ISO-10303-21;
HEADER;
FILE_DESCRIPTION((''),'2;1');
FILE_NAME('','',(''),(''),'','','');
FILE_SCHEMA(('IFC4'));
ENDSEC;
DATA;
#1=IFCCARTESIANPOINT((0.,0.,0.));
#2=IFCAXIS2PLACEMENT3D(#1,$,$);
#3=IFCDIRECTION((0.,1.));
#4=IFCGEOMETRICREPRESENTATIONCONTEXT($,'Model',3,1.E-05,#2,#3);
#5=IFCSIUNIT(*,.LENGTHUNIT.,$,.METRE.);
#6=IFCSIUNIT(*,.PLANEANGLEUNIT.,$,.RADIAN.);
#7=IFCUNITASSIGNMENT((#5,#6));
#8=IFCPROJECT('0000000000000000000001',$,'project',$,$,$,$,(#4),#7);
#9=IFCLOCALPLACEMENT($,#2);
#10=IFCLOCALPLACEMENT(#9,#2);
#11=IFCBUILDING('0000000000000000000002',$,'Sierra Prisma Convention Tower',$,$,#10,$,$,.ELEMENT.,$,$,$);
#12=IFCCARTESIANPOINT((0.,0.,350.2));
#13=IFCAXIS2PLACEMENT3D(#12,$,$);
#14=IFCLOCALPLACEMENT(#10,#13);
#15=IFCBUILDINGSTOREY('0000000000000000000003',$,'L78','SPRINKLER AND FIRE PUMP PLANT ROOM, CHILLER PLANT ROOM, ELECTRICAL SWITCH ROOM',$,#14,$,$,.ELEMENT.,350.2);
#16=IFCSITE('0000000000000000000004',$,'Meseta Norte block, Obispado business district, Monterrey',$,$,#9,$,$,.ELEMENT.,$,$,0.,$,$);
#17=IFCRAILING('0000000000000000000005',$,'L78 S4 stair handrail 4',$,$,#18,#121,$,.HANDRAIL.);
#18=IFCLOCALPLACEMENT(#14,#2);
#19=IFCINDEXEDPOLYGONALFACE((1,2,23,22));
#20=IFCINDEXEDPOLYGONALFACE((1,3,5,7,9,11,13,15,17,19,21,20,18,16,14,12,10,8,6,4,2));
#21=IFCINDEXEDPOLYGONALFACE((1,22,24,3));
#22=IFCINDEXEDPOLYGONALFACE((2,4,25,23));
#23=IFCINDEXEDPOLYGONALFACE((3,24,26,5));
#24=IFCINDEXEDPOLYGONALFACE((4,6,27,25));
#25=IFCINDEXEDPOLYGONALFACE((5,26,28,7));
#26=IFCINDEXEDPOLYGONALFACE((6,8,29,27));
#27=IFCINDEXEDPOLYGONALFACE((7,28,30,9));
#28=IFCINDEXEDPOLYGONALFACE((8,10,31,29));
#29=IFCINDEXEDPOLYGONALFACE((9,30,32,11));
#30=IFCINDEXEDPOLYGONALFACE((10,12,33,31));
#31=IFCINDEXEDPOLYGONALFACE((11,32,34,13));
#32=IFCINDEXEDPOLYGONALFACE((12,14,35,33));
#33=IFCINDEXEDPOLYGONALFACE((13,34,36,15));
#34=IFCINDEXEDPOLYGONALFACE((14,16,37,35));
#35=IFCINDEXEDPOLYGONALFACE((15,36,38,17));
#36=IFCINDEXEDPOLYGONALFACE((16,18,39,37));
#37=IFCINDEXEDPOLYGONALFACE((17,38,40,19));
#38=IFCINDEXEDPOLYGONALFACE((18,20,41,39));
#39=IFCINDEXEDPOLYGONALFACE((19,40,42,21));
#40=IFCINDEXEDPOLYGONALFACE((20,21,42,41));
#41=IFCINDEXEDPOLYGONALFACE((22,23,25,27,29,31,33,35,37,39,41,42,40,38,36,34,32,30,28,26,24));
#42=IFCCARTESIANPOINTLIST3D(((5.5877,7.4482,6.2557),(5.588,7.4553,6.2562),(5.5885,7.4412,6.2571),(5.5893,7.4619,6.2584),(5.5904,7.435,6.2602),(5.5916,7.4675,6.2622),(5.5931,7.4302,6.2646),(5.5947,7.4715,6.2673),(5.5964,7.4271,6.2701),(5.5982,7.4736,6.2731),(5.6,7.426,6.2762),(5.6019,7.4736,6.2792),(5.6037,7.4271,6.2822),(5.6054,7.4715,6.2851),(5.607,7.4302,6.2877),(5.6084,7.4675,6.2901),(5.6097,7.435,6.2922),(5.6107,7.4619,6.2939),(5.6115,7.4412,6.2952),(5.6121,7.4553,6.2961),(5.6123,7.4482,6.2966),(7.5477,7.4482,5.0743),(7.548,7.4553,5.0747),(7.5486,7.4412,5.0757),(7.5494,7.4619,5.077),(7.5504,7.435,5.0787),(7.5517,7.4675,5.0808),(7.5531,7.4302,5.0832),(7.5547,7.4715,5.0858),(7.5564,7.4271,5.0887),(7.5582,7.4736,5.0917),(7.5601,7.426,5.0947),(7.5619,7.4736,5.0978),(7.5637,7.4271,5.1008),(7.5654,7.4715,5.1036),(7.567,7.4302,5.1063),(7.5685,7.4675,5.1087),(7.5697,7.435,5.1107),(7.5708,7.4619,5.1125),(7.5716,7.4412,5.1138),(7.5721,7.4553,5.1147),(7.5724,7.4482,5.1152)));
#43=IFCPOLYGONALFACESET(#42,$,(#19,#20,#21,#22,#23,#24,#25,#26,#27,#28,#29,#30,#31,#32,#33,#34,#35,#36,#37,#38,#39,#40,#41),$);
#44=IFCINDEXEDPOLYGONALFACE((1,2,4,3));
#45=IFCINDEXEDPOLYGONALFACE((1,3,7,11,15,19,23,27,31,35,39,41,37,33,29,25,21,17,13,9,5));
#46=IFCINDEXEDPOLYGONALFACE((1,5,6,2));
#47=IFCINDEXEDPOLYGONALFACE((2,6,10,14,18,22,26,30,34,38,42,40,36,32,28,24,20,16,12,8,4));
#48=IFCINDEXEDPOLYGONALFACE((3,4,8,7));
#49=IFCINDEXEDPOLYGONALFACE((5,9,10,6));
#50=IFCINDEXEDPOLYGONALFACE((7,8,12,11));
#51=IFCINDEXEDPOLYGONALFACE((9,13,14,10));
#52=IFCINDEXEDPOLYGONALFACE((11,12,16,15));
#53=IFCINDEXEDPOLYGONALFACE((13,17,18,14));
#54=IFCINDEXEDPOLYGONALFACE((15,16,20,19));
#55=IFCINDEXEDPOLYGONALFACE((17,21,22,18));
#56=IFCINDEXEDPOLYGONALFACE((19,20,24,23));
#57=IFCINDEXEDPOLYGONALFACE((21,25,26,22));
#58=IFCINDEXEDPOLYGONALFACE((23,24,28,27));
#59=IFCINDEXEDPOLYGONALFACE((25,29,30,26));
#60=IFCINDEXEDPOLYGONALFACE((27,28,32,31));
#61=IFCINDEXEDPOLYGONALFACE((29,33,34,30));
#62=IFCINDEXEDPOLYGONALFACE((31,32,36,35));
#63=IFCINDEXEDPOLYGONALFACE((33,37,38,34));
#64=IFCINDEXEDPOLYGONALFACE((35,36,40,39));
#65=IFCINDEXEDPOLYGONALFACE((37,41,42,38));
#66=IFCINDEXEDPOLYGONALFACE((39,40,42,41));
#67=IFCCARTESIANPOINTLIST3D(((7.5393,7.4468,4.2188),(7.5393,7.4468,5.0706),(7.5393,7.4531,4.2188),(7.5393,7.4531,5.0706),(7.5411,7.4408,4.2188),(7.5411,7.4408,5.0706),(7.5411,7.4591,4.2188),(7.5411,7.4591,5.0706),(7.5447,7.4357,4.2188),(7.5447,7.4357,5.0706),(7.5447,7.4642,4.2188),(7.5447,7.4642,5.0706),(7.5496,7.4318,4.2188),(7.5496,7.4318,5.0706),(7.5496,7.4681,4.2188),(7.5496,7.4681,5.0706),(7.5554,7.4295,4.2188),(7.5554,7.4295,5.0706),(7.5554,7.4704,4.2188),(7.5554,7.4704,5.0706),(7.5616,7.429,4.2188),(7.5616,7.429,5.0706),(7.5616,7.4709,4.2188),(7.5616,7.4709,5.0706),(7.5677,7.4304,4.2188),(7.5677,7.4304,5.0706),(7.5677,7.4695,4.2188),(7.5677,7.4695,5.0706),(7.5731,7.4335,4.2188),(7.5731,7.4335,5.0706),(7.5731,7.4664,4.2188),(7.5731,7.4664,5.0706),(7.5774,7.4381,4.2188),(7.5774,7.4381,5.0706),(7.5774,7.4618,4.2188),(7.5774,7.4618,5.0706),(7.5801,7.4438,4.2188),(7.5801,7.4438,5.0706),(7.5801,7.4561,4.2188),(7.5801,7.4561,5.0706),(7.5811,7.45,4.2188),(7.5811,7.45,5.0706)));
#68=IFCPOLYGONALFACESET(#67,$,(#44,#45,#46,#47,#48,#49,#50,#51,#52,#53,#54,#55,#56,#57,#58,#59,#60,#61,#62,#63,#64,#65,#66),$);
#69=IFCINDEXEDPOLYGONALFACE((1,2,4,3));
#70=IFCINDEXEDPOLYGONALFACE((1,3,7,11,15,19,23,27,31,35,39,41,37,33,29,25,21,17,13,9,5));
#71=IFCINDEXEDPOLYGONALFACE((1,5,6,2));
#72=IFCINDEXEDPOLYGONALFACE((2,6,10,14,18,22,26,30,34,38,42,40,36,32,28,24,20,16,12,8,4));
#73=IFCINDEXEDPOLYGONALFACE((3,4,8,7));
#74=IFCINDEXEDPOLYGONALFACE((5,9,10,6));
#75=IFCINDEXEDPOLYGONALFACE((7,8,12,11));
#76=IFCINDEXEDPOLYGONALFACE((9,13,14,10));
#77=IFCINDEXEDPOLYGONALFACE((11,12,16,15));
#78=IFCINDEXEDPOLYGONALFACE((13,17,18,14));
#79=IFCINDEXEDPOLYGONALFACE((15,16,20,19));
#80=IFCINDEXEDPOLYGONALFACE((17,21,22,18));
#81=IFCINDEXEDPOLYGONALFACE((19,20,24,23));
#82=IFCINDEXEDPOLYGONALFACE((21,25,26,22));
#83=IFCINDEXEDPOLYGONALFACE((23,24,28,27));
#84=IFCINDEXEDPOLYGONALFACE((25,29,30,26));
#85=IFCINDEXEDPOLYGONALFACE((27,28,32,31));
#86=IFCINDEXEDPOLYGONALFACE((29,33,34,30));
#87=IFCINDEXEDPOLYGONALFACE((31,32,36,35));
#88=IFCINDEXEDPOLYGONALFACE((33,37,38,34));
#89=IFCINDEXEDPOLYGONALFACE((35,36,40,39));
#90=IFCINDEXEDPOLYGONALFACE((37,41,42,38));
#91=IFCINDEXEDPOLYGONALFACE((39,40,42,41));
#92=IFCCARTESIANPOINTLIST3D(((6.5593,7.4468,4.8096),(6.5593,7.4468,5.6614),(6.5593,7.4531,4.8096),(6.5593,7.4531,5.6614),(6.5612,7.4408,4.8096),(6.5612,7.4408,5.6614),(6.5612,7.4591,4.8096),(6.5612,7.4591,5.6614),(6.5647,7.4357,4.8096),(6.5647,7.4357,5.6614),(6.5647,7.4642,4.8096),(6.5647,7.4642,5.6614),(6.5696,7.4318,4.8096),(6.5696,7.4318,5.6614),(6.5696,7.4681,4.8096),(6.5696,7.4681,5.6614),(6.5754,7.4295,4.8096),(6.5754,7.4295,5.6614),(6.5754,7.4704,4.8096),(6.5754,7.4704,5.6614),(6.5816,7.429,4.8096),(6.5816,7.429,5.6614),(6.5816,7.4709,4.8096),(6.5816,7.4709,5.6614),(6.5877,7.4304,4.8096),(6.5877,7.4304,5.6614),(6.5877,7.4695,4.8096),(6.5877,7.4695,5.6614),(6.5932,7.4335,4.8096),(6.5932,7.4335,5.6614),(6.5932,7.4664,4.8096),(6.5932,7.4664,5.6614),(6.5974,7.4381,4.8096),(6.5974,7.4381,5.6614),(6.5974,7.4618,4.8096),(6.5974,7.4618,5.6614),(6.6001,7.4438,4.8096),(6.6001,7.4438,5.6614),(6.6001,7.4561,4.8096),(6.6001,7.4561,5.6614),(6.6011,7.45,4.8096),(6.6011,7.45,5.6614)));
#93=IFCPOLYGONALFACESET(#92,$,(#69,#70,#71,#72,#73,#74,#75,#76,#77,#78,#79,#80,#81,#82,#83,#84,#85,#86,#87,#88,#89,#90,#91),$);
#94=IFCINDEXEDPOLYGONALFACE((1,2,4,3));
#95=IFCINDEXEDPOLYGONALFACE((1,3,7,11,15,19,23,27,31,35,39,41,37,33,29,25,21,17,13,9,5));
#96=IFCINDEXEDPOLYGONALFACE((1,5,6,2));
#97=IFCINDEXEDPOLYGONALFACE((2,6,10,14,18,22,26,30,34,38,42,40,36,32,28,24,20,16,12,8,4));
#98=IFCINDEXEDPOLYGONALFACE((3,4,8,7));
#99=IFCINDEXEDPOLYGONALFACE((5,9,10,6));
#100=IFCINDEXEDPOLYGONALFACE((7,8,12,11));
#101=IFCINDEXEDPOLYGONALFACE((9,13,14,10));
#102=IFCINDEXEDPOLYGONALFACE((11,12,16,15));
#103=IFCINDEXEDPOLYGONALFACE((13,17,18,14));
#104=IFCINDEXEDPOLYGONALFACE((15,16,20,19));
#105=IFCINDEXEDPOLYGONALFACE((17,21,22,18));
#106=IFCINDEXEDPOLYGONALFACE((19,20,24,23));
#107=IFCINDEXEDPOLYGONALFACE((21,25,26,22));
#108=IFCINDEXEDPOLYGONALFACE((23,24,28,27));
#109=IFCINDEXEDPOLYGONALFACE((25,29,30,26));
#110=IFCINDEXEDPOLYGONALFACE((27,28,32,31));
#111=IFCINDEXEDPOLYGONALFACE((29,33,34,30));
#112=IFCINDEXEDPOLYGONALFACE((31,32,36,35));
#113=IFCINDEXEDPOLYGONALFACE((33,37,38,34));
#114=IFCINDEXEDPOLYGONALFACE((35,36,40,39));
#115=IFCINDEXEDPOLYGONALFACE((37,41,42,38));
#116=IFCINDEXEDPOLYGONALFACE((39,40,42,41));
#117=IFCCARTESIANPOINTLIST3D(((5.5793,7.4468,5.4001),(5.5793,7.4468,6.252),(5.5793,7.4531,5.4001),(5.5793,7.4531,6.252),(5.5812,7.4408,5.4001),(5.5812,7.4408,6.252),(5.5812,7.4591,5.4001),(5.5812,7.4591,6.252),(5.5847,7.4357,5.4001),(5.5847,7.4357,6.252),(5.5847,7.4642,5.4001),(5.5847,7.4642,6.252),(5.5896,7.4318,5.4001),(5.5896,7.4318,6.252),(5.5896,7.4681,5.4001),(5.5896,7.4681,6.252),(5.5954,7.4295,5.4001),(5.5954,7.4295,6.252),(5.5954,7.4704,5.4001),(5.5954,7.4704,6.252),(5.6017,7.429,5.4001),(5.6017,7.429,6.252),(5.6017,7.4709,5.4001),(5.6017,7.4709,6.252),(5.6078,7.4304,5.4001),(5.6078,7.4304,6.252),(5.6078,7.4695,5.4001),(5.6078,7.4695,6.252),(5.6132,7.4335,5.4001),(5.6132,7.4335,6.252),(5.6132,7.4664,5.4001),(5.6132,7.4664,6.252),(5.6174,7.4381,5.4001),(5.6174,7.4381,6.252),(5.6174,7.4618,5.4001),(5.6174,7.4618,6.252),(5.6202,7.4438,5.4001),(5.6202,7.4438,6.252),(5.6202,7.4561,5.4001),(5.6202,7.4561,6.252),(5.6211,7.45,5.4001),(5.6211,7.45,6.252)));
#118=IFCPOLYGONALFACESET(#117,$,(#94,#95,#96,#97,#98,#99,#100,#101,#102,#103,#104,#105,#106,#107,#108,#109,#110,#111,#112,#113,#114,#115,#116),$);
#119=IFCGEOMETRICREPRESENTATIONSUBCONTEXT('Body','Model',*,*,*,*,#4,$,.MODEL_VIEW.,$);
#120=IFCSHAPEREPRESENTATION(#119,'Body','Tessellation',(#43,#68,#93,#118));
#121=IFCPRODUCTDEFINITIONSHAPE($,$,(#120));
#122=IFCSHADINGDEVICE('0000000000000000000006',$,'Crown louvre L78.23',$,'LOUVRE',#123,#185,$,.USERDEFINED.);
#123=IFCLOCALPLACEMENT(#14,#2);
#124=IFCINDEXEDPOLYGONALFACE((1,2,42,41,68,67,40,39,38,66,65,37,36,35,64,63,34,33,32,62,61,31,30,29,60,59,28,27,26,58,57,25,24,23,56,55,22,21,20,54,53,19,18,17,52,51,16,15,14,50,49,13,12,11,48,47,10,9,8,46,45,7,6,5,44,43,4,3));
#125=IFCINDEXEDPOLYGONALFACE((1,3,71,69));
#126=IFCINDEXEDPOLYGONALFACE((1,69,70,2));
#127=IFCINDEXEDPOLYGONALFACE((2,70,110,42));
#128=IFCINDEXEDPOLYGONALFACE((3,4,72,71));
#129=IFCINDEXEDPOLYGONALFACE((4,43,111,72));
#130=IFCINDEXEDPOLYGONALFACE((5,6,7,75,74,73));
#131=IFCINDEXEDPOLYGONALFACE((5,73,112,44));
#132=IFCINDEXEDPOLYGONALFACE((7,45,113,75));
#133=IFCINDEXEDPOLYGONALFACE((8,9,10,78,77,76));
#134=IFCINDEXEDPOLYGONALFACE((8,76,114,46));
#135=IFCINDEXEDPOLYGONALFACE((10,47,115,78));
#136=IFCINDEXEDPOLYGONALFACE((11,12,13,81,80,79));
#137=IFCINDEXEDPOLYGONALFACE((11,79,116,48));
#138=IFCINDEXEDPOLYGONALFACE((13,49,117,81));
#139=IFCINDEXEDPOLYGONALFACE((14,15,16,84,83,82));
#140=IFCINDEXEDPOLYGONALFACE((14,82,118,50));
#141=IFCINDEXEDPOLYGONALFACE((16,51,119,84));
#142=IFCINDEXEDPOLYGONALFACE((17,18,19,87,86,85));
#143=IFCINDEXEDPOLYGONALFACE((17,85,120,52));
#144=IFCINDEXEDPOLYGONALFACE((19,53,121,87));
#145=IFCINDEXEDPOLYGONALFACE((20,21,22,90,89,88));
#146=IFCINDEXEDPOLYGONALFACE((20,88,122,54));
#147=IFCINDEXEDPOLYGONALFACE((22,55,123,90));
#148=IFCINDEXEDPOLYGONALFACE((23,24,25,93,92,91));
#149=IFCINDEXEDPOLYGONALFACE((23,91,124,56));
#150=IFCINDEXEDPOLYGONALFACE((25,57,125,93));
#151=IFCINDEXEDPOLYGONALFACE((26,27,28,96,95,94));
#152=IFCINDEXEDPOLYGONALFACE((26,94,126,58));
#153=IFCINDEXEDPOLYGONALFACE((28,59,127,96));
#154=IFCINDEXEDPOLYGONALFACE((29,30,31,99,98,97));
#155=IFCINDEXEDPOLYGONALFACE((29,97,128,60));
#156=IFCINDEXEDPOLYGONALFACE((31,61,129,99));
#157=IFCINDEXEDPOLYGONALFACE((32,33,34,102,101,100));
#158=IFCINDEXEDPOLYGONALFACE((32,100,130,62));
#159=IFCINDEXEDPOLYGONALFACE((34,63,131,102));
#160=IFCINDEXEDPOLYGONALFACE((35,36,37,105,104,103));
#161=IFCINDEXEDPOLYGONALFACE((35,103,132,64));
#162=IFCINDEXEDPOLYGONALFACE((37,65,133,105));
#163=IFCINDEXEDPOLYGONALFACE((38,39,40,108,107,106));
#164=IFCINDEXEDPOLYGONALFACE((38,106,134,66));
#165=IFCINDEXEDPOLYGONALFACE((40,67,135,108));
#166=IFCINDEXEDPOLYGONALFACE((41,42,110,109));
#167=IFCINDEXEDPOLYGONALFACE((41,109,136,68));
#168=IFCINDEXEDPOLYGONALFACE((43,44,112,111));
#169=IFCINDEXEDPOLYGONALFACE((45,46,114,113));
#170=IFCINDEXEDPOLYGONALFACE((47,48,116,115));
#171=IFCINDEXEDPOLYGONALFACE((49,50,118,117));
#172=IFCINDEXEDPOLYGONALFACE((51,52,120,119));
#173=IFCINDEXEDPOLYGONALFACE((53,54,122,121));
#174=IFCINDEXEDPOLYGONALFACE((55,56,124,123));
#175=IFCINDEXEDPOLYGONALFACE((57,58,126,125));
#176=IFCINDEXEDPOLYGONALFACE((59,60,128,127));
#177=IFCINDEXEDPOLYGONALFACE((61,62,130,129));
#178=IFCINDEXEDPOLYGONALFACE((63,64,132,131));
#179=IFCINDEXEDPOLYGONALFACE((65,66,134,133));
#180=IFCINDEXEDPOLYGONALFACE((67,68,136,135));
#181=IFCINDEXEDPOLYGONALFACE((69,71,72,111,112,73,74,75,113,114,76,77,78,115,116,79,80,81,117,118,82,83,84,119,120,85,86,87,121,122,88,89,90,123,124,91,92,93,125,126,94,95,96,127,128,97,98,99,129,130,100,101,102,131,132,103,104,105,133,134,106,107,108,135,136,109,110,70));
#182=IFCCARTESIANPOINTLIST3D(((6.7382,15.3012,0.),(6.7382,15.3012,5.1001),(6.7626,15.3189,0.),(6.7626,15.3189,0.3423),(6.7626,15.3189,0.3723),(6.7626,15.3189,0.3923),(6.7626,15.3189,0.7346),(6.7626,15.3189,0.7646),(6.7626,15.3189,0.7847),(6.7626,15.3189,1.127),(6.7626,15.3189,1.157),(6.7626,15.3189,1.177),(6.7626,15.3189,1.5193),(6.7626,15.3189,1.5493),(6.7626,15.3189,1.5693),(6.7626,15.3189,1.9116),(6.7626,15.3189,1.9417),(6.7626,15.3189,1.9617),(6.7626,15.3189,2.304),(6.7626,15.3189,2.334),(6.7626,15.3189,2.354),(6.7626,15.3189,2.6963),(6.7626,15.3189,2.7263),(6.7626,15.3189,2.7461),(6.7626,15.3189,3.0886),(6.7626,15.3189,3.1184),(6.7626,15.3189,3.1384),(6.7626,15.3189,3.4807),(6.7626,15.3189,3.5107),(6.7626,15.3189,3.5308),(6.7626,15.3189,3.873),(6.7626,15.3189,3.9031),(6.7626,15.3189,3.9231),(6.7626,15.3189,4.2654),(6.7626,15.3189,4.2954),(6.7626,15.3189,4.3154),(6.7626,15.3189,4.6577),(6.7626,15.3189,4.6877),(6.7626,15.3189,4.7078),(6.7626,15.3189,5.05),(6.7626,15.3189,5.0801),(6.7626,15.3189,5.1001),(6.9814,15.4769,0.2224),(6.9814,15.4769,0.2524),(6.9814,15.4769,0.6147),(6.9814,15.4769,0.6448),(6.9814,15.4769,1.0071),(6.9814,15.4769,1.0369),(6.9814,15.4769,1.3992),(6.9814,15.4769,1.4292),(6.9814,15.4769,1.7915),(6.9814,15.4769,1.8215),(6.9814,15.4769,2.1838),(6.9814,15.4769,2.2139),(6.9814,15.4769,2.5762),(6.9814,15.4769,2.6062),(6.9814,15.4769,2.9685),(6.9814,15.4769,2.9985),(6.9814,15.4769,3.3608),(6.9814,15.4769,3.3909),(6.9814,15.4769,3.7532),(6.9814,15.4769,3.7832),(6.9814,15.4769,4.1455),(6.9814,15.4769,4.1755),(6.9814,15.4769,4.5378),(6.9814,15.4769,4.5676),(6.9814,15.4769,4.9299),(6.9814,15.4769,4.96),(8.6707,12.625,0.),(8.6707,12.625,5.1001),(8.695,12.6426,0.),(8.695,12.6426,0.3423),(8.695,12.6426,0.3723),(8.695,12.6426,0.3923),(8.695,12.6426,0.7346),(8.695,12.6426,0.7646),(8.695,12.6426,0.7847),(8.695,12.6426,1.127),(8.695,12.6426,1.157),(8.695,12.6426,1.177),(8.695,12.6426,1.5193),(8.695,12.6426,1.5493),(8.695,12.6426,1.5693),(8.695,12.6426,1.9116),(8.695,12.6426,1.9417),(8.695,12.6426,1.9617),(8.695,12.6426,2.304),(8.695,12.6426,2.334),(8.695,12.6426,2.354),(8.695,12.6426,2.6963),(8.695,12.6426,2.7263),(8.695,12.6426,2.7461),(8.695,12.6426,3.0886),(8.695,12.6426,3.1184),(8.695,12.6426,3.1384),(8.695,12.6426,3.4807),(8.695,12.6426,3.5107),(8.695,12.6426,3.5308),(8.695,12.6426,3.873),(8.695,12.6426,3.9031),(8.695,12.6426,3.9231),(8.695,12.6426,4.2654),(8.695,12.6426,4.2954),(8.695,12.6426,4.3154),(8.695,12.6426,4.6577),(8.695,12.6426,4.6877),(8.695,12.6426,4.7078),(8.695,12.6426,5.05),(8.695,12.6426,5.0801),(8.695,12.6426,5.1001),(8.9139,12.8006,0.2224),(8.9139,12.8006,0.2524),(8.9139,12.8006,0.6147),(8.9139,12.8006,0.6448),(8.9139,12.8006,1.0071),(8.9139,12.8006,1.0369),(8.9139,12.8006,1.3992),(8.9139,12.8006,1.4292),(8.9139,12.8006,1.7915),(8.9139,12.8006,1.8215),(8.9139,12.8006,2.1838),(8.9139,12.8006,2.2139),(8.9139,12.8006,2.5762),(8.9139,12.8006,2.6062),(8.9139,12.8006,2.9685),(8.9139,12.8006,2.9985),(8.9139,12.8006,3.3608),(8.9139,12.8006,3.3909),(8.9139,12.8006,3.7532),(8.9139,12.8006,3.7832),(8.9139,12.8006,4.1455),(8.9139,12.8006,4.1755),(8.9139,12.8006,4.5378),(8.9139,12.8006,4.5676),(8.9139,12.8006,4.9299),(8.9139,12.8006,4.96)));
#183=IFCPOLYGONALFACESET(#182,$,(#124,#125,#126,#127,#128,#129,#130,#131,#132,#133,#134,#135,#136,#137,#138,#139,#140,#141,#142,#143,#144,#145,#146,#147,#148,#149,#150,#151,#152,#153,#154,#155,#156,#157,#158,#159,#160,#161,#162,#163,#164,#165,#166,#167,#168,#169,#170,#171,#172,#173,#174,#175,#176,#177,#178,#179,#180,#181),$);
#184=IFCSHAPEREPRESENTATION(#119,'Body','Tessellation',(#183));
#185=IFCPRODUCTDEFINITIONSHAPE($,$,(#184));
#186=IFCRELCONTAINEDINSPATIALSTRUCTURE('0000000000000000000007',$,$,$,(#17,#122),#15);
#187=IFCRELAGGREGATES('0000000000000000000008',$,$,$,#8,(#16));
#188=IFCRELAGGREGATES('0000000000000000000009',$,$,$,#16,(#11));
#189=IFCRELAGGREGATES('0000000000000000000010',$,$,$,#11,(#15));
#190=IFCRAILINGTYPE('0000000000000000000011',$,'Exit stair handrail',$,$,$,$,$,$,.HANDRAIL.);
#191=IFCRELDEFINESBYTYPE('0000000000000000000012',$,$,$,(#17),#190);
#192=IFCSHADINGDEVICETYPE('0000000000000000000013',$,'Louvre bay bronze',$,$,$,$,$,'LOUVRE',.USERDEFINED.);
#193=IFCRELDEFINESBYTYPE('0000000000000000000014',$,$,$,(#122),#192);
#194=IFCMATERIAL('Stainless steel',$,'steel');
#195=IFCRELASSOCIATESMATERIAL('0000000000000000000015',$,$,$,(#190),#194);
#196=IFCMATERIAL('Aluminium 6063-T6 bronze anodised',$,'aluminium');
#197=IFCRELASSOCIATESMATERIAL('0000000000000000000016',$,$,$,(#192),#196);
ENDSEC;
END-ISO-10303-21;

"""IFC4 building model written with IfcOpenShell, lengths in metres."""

from ifc_helpers import new_model, si_unit, direction, frame, origin, origin_2d, place, context, subcontext, project, spatial, polyline, circle, outline, extrude, material, type_object, element, save


model = new_model("IFC4")

# Units and contexts
model_context = context("Model", 3, precision=1e-05, world=origin(), true_north=direction((0.0, 1.0)))
body_context = subcontext(model_context, "Body", "Model", "MODEL_VIEW")
ifc_project = project(units=[si_unit("LENGTHUNIT", "METRE"), si_unit("PLANEANGLEUNIT", "RADIAN")], contexts=[model_context])

# Site, building, storey
site_placement = place(None, origin())
site = spatial("IfcSite", under=ifc_project, at=site_placement, Name="Meseta Norte block, Obispado business district, Monterrey", CompositionType="ELEMENT", RefElevation=0.0)
building_placement = place(site_placement, origin())
building = spatial("IfcBuilding", under=site, at=building_placement, Name="Sierra Prisma Convention Tower", CompositionType="ELEMENT")
storey_placement = place(building_placement, frame((0.0, 0.0, 350.2)))
storey = spatial("IfcBuildingStorey", under=building, at=storey_placement, Name="L78", Description="SPRINKLER AND FIRE PUMP PLANT ROOM, CHILLER PLANT ROOM, ELECTRICAL SWITCH ROOM", CompositionType="ELEMENT", Elevation=350.2)

# Railing
ifc_material_1 = material(Name="Stainless steel", Category="steel")
railing_type_1 = type_object("IfcRailingType", Name="Exit stair handrail", PredefinedType="HANDRAIL", material=ifc_material_1)
railing_1_placement = place(storey_placement, frame((7.5601, 7.45, 4.2188)))
element("IfcRailing", 1, at=railing_1_placement, inside=storey, type_object=railing_type_1, Name="L78 S4 stair handrail 4", PredefinedType="HANDRAIL", context=body_context, shape_type="SweptSolid", body=[
    extrude(circle(Radius=0.0239, at=origin_2d()), frame((0.0, 0.0, 0.876), z_axis=(-0.856446, 0.0, 0.516236), x_axis=(0.0, -1.0, 0.0)), (0.0, 0.0, 1.0), 2.2886),
    extrude(circle(Radius=0.021, at=origin_2d()), origin(), (0.0, 0.0, 1.0), 0.8518),
    extrude(circle(Radius=0.021, at=origin_2d()), frame((-0.98, 0.0, 0.5908)), (0.0, 0.0, 1.0), 0.8518),
    extrude(circle(Radius=0.021, at=origin_2d()), frame((-1.96, 0.0, 1.1814)), (0.0, 0.0, 1.0), 0.8518),
])

# Shading device
ifc_material_2 = material(Name="Aluminium 6063-T6 bronze anodised", Category="aluminium")
shading_device_type = type_object("IfcShadingDeviceType", Name="Louvre bay bronze", ElementType="LOUVRE", PredefinedType="USERDEFINED", material=ifc_material_2)
shading_device_1_placement = place(storey_placement, frame((8.6707, 12.625, 0.0), z_axis=(0.585419, -0.810731, 0.0), x_axis=(0.0, 0.0, 1.0)))
element("IfcShadingDevice", 2, at=shading_device_1_placement, inside=storey, type_object=shading_device_type, Name="Crown louvre L78.23", ObjectType="LOUVRE", PredefinedType="USERDEFINED", context=body_context, shape_type="SweptSolid", body=[
    extrude(outline(polyline([(0.0, 0.0), (5.1001, 0.0), (5.1001, -0.0301), (5.0801, -0.0301), (4.96, -0.3), (4.9299, -0.3), (5.05, -0.0301), (4.7078, -0.0301), (4.6877, -0.0301), (4.5676, -0.3), (4.5378, -0.3), (4.6577, -0.0301), (4.3154, -0.0301), (4.2954, -0.0301), (4.1755, -0.3), (4.1455, -0.3), (4.2654, -0.0301), (3.9231, -0.0301), (3.9031, -0.0301), (3.7832, -0.3), (3.7532, -0.3), (3.873, -0.0301), (3.5308, -0.0301), (3.5107, -0.0301), (3.3909, -0.3), (3.3608, -0.3), (3.4807, -0.0301), (3.1384, -0.0301), (3.1184, -0.0301), (2.9985, -0.3), (2.9685, -0.3), (3.0886, -0.0301), (2.7461, -0.0301), (2.7263, -0.0301), (2.6062, -0.3), (2.5762, -0.3), (2.6963, -0.0301), (2.354, -0.0301), (2.334, -0.0301), (2.2139, -0.3), (2.1838, -0.3), (2.304, -0.0301), (1.9617, -0.0301), (1.9417, -0.0301), (1.8215, -0.3), (1.7915, -0.3), (1.9116, -0.0301), (1.5693, -0.0301), (1.5493, -0.0301), (1.4292, -0.3), (1.3992, -0.3), (1.5193, -0.0301), (1.177, -0.0301), (1.157, -0.0301), (1.0369, -0.3), (1.0071, -0.3), (1.127, -0.0301), (0.7847, -0.0301), (0.7646, -0.0301), (0.6448, -0.3), (0.6147, -0.3), (0.7346, -0.0301), (0.3923, -0.0301), (0.3723, -0.0301), (0.2524, -0.3), (0.2224, -0.3), (0.3423, -0.0301), (0.0, -0.0301), (0.0, 0.0)])), origin(), (0.0, 0.0, -1.0), 3.301),
])

save(model, "model.ifc")
